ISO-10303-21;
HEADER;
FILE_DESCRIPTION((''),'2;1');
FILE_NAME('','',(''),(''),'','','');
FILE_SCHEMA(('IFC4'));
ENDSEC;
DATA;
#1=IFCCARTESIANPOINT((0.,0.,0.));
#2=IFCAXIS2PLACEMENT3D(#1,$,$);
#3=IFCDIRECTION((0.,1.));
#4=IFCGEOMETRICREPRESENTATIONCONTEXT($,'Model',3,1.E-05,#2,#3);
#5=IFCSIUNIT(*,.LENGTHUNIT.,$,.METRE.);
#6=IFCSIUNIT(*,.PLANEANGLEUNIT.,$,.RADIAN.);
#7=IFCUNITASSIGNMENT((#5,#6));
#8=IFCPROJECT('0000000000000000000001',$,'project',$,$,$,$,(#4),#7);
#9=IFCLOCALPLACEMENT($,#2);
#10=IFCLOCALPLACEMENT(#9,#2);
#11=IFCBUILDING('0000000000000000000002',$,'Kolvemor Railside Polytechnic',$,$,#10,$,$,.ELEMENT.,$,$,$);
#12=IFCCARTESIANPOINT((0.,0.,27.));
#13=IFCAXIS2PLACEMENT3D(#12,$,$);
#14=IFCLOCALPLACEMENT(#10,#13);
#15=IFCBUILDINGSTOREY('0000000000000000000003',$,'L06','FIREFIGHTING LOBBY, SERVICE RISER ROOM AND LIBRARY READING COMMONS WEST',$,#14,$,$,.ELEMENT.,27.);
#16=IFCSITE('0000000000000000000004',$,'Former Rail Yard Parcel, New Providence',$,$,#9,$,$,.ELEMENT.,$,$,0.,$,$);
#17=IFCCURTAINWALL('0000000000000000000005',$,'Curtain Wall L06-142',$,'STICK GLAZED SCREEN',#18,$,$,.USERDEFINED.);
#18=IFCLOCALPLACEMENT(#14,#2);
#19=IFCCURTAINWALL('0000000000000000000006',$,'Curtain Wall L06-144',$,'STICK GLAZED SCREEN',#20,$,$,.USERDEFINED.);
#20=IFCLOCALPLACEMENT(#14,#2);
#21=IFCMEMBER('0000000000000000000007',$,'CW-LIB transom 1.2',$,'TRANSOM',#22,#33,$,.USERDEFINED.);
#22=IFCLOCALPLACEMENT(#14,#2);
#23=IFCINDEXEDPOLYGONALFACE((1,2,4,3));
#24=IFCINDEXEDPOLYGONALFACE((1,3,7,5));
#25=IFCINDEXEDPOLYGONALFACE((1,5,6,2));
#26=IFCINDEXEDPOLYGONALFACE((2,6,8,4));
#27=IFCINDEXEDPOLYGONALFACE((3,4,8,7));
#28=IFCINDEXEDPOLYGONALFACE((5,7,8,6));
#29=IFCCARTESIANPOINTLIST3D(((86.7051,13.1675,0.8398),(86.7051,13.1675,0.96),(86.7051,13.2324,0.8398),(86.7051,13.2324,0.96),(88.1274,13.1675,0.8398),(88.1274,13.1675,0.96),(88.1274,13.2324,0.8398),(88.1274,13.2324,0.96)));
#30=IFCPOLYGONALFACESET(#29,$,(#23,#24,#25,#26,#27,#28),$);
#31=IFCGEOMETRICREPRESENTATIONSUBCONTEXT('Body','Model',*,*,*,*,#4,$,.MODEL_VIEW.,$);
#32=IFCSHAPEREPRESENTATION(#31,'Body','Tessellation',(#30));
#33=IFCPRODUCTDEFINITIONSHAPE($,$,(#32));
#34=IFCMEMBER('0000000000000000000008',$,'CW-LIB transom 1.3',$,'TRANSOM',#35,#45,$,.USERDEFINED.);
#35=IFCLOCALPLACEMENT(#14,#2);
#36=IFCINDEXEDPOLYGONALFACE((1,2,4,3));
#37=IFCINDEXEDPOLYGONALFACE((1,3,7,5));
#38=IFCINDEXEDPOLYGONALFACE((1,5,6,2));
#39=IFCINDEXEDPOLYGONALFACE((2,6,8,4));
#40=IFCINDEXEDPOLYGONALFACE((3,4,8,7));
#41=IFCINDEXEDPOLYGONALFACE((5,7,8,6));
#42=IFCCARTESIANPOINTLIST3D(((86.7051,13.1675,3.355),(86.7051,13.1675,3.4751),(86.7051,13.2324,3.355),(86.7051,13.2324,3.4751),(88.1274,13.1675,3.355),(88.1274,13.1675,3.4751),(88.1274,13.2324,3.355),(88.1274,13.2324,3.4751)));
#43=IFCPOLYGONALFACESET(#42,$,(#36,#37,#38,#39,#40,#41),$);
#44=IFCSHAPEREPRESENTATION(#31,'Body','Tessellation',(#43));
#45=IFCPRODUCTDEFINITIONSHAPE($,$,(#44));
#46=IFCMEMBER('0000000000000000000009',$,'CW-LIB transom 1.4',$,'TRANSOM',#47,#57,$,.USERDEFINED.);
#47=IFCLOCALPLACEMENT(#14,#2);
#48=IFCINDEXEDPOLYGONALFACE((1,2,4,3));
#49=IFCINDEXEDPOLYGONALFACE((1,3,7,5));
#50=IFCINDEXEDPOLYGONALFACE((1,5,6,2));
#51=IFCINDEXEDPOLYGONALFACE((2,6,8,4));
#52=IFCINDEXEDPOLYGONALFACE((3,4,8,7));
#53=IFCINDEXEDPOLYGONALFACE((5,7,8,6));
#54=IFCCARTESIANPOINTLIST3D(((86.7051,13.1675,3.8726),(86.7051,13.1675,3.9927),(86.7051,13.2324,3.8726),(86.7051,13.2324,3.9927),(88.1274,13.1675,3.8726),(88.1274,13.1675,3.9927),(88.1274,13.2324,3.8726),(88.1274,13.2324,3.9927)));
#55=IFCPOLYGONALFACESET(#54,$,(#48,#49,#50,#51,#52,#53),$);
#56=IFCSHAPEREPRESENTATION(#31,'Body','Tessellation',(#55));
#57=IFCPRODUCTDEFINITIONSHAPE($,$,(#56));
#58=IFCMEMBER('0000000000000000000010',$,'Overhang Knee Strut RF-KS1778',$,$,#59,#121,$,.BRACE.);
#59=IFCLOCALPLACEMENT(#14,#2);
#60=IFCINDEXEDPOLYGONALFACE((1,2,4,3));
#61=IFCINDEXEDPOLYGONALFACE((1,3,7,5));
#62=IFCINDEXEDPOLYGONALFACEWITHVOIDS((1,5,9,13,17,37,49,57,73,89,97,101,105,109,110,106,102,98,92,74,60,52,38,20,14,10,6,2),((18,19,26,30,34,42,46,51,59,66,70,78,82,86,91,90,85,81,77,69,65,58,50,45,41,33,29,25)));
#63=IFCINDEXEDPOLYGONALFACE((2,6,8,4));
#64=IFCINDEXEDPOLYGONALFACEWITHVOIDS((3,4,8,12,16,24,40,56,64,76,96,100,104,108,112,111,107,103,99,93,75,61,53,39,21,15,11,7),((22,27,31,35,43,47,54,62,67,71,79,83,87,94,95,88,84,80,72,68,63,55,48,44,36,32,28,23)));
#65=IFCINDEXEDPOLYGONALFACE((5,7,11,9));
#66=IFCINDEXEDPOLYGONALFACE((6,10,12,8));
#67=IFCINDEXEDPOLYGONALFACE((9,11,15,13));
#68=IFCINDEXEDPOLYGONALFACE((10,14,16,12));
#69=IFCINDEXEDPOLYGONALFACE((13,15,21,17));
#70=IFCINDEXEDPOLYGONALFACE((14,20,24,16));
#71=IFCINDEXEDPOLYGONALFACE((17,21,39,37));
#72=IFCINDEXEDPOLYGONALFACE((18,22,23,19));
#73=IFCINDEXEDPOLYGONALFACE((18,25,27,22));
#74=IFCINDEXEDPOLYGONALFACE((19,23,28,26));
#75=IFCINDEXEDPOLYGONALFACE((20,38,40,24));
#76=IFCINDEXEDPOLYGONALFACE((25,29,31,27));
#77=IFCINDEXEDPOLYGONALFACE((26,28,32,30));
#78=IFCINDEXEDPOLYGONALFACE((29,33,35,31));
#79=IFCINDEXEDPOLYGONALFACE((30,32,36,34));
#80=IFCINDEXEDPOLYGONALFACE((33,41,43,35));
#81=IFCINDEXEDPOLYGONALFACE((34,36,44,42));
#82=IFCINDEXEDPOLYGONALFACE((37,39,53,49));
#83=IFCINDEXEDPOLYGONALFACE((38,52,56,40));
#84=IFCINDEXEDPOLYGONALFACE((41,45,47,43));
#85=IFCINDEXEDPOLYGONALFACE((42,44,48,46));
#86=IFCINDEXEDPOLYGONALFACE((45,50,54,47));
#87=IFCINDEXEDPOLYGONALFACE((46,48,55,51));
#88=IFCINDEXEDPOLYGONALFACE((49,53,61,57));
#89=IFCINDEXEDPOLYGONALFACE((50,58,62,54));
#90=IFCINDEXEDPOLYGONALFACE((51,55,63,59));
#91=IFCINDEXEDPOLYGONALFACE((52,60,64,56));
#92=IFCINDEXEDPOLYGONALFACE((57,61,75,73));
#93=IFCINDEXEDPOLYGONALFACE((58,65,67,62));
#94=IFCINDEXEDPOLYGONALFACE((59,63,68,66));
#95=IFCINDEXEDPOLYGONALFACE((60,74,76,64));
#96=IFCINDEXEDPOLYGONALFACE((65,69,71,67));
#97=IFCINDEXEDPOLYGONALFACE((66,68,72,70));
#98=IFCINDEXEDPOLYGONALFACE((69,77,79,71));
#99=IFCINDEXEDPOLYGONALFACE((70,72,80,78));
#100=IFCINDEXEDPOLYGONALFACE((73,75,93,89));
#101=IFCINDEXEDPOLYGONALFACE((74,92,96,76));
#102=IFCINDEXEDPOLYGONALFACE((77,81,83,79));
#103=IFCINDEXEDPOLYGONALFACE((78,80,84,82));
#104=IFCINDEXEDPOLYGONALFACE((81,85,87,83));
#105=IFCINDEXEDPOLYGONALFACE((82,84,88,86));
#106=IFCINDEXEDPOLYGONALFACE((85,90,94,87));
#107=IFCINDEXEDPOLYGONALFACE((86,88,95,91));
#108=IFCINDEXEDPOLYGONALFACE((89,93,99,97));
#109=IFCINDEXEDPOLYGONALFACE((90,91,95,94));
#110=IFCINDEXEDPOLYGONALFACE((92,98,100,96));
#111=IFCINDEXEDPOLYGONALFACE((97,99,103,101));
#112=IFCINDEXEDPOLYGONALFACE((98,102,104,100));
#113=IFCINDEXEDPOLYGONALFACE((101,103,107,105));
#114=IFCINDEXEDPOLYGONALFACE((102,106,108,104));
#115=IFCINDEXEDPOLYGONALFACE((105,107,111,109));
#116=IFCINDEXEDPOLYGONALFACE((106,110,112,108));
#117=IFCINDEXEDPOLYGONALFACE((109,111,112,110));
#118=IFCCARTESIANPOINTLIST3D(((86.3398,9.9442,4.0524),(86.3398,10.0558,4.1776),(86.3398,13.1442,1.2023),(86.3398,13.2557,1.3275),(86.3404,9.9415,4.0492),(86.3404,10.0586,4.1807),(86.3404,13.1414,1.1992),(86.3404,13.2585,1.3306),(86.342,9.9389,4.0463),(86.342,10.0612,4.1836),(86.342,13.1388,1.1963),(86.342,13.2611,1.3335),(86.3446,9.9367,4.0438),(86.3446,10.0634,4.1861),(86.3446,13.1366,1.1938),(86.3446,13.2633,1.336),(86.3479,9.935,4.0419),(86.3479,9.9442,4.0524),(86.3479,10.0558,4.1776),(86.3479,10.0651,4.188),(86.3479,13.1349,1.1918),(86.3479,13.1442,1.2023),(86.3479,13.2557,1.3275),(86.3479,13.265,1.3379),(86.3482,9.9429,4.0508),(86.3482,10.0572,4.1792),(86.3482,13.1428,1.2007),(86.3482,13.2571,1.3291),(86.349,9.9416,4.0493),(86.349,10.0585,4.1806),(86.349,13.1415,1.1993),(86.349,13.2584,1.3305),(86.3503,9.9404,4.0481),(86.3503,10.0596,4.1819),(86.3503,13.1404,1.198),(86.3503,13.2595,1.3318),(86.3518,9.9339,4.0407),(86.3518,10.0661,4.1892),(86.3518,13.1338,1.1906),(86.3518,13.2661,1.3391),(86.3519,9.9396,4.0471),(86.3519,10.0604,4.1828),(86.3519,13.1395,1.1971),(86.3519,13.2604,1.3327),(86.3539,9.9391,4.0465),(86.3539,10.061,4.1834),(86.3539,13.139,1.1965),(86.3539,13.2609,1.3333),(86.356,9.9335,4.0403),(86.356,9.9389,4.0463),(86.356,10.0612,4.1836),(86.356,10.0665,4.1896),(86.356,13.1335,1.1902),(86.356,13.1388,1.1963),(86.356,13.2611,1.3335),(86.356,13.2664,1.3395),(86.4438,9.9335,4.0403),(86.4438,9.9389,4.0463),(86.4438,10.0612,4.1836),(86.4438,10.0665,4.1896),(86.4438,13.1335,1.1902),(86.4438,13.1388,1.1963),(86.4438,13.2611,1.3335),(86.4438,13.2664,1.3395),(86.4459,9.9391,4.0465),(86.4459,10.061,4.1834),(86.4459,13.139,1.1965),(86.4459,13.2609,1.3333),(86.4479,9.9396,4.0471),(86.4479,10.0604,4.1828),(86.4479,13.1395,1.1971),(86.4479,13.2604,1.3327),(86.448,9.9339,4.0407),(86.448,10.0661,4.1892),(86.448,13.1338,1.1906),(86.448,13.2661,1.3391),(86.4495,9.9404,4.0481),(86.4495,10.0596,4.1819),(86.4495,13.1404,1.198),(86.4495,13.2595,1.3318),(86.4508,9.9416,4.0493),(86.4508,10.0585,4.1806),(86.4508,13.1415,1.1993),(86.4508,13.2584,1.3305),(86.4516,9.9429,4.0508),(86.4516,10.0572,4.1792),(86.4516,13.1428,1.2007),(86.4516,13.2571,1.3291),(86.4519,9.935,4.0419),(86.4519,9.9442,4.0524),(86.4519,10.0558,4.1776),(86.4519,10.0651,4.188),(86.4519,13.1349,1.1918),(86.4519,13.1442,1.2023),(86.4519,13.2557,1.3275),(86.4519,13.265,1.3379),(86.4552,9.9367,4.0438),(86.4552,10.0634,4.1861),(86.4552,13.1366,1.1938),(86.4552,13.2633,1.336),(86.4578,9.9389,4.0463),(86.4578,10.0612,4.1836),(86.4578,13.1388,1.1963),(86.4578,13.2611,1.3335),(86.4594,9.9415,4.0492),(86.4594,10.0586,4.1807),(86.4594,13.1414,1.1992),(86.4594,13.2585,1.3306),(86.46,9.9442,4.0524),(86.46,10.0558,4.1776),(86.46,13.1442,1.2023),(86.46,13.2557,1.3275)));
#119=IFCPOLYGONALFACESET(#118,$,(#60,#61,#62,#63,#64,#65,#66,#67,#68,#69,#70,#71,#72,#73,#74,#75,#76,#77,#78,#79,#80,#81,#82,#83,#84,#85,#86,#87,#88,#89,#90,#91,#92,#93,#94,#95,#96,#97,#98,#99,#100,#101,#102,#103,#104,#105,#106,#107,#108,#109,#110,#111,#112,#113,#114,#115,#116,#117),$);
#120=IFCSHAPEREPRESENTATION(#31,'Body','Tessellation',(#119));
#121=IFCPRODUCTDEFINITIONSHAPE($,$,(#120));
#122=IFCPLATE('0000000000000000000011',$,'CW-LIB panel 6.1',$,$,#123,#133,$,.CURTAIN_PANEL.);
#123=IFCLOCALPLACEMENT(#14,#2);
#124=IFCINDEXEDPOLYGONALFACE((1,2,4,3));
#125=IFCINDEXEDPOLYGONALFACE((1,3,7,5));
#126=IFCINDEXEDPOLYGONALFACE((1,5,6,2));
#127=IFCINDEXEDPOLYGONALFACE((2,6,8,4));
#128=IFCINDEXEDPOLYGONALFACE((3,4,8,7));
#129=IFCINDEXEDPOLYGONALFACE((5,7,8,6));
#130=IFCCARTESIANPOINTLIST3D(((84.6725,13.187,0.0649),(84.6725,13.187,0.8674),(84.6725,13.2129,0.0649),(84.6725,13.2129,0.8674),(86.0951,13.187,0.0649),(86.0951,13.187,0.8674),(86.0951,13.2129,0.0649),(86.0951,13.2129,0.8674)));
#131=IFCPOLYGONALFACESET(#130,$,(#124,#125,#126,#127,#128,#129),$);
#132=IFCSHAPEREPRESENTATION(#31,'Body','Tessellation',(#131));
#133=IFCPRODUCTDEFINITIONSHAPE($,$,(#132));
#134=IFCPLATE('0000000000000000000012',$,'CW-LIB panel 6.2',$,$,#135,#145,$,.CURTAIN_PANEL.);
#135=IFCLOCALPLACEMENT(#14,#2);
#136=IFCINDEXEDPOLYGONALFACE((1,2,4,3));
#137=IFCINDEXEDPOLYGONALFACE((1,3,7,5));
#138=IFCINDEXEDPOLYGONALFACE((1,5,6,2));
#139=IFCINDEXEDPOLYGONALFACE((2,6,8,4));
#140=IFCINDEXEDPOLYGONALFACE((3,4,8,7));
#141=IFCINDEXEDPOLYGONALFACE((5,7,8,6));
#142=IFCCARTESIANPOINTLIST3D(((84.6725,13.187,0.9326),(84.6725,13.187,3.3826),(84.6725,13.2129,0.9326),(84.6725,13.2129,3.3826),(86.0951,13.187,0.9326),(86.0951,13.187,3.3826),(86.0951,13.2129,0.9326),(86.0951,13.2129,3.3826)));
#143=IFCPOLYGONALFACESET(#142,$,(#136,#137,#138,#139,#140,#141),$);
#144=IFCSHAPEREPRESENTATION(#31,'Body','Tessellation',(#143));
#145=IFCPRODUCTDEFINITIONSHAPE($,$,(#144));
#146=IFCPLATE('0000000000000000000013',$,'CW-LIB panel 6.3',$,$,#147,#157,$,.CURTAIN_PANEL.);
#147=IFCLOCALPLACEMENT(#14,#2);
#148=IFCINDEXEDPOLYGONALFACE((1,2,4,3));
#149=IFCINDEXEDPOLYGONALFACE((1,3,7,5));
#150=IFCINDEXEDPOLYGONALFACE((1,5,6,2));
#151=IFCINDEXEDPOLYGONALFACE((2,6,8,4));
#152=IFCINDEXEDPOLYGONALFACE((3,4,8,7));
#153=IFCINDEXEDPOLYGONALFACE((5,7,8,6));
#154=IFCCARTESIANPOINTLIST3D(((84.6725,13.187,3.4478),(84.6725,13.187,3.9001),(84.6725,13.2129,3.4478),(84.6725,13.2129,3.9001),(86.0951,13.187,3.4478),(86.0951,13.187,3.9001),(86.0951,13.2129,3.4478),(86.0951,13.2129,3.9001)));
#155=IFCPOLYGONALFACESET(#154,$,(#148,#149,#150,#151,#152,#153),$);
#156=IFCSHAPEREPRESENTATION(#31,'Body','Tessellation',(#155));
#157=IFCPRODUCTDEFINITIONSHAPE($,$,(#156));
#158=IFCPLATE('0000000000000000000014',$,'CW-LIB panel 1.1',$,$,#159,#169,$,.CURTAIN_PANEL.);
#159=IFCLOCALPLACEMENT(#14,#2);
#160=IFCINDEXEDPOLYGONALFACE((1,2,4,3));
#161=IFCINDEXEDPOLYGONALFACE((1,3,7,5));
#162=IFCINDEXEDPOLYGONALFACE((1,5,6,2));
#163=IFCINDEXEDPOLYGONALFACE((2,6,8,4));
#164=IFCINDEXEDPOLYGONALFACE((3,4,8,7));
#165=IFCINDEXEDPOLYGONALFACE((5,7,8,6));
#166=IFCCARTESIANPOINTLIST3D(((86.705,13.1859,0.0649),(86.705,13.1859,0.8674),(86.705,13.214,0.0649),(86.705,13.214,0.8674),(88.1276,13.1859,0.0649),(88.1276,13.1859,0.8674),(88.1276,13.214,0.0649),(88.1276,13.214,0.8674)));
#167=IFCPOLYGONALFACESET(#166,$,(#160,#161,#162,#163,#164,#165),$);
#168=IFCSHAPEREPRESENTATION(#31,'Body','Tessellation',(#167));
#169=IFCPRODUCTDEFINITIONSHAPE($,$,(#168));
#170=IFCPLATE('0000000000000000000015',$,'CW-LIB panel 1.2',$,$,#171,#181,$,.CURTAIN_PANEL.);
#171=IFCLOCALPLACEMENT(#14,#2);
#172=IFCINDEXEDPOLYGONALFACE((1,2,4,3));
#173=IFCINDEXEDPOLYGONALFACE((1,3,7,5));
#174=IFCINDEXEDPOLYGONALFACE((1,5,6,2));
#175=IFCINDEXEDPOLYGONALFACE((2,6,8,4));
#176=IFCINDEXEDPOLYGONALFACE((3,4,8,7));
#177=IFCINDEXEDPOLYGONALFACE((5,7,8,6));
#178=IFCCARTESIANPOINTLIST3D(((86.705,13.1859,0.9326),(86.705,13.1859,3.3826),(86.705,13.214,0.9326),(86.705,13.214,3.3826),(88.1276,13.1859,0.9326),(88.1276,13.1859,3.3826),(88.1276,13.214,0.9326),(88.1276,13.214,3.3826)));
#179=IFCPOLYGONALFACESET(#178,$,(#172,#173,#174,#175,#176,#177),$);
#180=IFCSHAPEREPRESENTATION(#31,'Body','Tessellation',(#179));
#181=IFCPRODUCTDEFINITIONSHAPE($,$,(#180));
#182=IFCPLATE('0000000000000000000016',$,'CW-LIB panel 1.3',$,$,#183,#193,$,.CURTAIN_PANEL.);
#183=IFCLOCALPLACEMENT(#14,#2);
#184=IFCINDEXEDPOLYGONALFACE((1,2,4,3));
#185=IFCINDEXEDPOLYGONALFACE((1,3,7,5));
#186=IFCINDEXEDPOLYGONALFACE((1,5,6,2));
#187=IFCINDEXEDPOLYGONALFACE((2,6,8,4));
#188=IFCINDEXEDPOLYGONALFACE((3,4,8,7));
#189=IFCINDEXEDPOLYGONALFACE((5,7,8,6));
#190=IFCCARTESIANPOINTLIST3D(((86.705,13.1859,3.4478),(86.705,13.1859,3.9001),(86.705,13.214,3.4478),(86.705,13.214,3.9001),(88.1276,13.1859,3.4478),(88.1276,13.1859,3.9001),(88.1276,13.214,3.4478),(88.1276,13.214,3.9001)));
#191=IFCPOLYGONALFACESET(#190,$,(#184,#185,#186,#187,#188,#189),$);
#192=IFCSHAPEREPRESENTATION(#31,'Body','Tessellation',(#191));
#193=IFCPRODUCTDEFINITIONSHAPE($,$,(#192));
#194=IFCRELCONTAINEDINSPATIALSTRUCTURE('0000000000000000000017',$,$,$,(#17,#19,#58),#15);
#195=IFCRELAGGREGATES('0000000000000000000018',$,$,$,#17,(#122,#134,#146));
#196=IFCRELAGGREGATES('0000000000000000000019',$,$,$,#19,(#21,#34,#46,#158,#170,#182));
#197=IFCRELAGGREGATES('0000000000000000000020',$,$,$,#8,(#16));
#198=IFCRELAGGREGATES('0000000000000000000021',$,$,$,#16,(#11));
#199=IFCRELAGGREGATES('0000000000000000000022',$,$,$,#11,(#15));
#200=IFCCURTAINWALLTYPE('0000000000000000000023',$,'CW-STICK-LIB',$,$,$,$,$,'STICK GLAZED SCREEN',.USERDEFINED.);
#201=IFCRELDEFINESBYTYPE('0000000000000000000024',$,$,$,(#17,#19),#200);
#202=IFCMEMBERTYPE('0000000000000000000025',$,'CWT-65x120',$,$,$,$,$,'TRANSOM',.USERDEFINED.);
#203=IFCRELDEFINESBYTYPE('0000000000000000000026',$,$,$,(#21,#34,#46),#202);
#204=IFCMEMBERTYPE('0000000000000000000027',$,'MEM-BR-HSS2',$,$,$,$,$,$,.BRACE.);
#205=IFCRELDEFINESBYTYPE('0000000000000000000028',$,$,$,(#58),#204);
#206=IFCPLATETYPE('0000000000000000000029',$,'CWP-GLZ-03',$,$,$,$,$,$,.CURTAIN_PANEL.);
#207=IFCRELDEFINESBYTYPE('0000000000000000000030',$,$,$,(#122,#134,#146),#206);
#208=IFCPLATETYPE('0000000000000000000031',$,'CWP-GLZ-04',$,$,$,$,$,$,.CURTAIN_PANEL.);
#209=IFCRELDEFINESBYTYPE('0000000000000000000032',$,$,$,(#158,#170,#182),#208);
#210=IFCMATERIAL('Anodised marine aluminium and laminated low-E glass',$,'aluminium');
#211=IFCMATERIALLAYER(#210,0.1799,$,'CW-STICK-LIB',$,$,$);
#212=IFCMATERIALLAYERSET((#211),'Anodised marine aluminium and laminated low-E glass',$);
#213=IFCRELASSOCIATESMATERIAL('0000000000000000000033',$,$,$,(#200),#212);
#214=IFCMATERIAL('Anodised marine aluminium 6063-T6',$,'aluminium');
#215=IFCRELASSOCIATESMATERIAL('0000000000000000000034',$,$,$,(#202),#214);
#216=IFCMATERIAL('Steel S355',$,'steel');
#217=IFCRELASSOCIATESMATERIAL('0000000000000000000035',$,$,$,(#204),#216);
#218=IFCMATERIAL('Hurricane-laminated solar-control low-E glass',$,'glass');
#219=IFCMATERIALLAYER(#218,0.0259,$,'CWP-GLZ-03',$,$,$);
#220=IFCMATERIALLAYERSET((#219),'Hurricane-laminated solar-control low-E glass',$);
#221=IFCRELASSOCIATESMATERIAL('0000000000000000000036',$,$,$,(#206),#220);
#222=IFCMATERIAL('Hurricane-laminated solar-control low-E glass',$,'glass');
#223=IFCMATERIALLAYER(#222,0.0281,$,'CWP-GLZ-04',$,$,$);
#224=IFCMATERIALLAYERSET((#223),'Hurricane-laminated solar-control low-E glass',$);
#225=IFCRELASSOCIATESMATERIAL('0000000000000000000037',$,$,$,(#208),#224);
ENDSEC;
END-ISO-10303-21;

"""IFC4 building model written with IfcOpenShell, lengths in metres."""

from ifc_helpers import new_model, si_unit, direction, frame, origin, origin_2d, place, context, subcontext, project, spatial, rectangle, hollow_rectangle, extrude, material, layer, layer_set, material_profile, profile_set, type_object, element, aggregate, save


model = new_model("IFC4")

# Units and contexts
model_context = context("Model", 3, precision=1e-05, world=origin(), true_north=direction((0.0, 1.0)))
body_context = subcontext(model_context, "Body", "Model", "MODEL_VIEW")
ifc_project = project(units=[si_unit("LENGTHUNIT", "METRE"), si_unit("PLANEANGLEUNIT", "RADIAN")], contexts=[model_context])

# Site, building, storey
site_placement = place(None, origin())
site = spatial("IfcSite", under=ifc_project, at=site_placement, Name="Former Rail Yard Parcel, New Providence", CompositionType="ELEMENT", RefElevation=0.0)
building_placement = place(site_placement, origin())
building = spatial("IfcBuilding", under=site, at=building_placement, Name="Kolvemor Railside Polytechnic", CompositionType="ELEMENT")
storey_placement = place(building_placement, frame((0.0, 0.0, 27.0)))
storey = spatial("IfcBuildingStorey", under=building, at=storey_placement, Name="L06", Description="FIREFIGHTING LOBBY, SERVICE RISER ROOM AND LIBRARY READING COMMONS WEST", CompositionType="ELEMENT", Elevation=27.0)

# Curtain walls
ifc_material_1 = material(Name="Anodised marine aluminium and laminated low-E glass", Category="aluminium")
ifc_layer_1 = layer(ifc_material_1, 0.1799, Name="CW-STICK-LIB")
ifc_layer_set_1 = layer_set([ifc_layer_1], Name="Anodised marine aluminium and laminated low-E glass")
curtain_wall_type = type_object("IfcCurtainWallType", Name="CW-STICK-LIB", ElementType="STICK GLAZED SCREEN", PredefinedType="USERDEFINED", material=ifc_layer_set_1)
curtain_wall_1_placement = place(storey_placement, origin())
curtain_wall_1 = element("IfcCurtainWall", 1, at=curtain_wall_1_placement, inside=storey, type_object=curtain_wall_type, Name="Curtain Wall L06-142", ObjectType="STICK GLAZED SCREEN", PredefinedType="USERDEFINED")
curtain_wall_2_placement = place(storey_placement, origin())
curtain_wall_2 = element("IfcCurtainWall", 2, at=curtain_wall_2_placement, inside=storey, type_object=curtain_wall_type, Name="Curtain Wall L06-144", ObjectType="STICK GLAZED SCREEN", PredefinedType="USERDEFINED")

# Members
ifc_material_2 = material(Name="Anodised marine aluminium 6063-T6", Category="aluminium")
ifc_material_profile_1 = material_profile(ifc_material_2, rectangle(XDim=0.0649, YDim=0.1201, at=origin_2d()), Name="CW-TRN-65x120")
ifc_profile_set_1 = profile_set([ifc_material_profile_1], Name="Anodised marine aluminium 6063-T6")
member_type_1 = type_object("IfcMemberType", Name="CWT-65x120", ElementType="TRANSOM", PredefinedType="USERDEFINED", material=ifc_profile_set_1)
member_1_placement = place(storey_placement, frame((86.7051, 13.2, 0.8999), z_axis=(1.0, 0.0, 0.0), x_axis=(0.0, 1.0, 0.0)))
member_1 = element("IfcMember", 3, at=member_1_placement, type_object=member_type_1, Name="CW-LIB transom 1.2", ObjectType="TRANSOM", PredefinedType="USERDEFINED", context=body_context, shape_type="SweptSolid", body=[
    extrude(rectangle(XDim=0.0649, YDim=0.1201, at=origin_2d()), origin(), (0.0, 0.0, 1.0), 1.4224),
])
member_2_placement = place(storey_placement, frame((86.7051, 13.2, 3.415), z_axis=(1.0, 0.0, 0.0), x_axis=(0.0, 1.0, 0.0)))
member_2 = element("IfcMember", 4, at=member_2_placement, type_object=member_type_1, Name="CW-LIB transom 1.3", ObjectType="TRANSOM", PredefinedType="USERDEFINED", context=body_context, shape_type="SweptSolid", body=[
    extrude(rectangle(XDim=0.0649, YDim=0.1201, at=origin_2d()), origin(), (0.0, 0.0, 1.0), 1.4224),
])
member_3_placement = place(storey_placement, frame((86.7051, 13.2, 3.9326), z_axis=(1.0, 0.0, 0.0), x_axis=(0.0, 1.0, 0.0)))
member_3 = element("IfcMember", 5, at=member_3_placement, type_object=member_type_1, Name="CW-LIB transom 1.4", ObjectType="TRANSOM", PredefinedType="USERDEFINED", context=body_context, shape_type="SweptSolid", body=[
    extrude(rectangle(XDim=0.0649, YDim=0.1201, at=origin_2d()), origin(), (0.0, 0.0, 1.0), 1.4224),
])
ifc_material_3 = material(Name="Steel S355", Category="steel")
ifc_material_profile_2 = material_profile(ifc_material_3, hollow_rectangle(XDim=0.1201, YDim=0.2, WallThickness=0.0081, InnerFilletRadius=0.0081, OuterFilletRadius=0.0161, at=origin_2d()), Name="HSS200x120x8")
ifc_profile_set_2 = profile_set([ifc_material_profile_2], Name="Steel S355")
member_type_2 = type_object("IfcMemberType", Name="MEM-BR-HSS2", PredefinedType="BRACE", material=ifc_profile_set_2)
member_4_placement = place(storey_placement, frame((86.3999, 13.2, 1.2649), z_axis=(0.0, -0.746749, 0.665106), x_axis=(1.0, 0.0, 0.0)))
element("IfcMember", 6, at=member_4_placement, inside=storey, type_object=member_type_2, Name="Overhang Knee Strut RF-KS1778", PredefinedType="BRACE", context=body_context, shape_type="SweptSolid", body=[
    extrude(hollow_rectangle(XDim=0.1201, YDim=0.2, WallThickness=0.0081, InnerFilletRadius=0.0081, OuterFilletRadius=0.0161, at=origin_2d()), origin(), (0.0, 0.0, 1.0), 4.2852),
])

# Plates
ifc_material_4 = material(Name="Hurricane-laminated solar-control low-E glass", Category="glass")
ifc_layer_2 = layer(ifc_material_4, 0.0259, Name="CWP-GLZ-03")
ifc_layer_set_2 = layer_set([ifc_layer_2], Name="Hurricane-laminated solar-control low-E glass")
plate_type_1 = type_object("IfcPlateType", Name="CWP-GLZ-03", PredefinedType="CURTAIN_PANEL", material=ifc_layer_set_2)
plate_1_placement = place(storey_placement, frame((85.3838, 13.2, 0.0649), z_axis=(0.0, 0.0, 1.0), x_axis=(1.0, 0.0, 0.0)))
plate_1 = element("IfcPlate", 7, at=plate_1_placement, type_object=plate_type_1, Name="CW-LIB panel 6.1", PredefinedType="CURTAIN_PANEL", context=body_context, shape_type="SweptSolid", body=[
    extrude(rectangle(XDim=1.4226, YDim=0.0259, at=origin_2d()), origin(), (0.0, 0.0, 1.0), 0.8025),
])
plate_2_placement = place(storey_placement, frame((85.3838, 13.2, 0.9326), z_axis=(0.0, 0.0, 1.0), x_axis=(1.0, 0.0, 0.0)))
plate_2 = element("IfcPlate", 8, at=plate_2_placement, type_object=plate_type_1, Name="CW-LIB panel 6.2", PredefinedType="CURTAIN_PANEL", context=body_context, shape_type="SweptSolid", body=[
    extrude(rectangle(XDim=1.4226, YDim=0.0259, at=origin_2d()), origin(), (0.0, 0.0, 1.0), 2.45),
])
plate_3_placement = place(storey_placement, frame((85.3838, 13.2, 3.4478), z_axis=(0.0, 0.0, 1.0), x_axis=(1.0, 0.0, 0.0)))
plate_3 = element("IfcPlate", 9, at=plate_3_placement, type_object=plate_type_1, Name="CW-LIB panel 6.3", PredefinedType="CURTAIN_PANEL", context=body_context, shape_type="SweptSolid", body=[
    extrude(rectangle(XDim=1.4226, YDim=0.0259, at=origin_2d()), origin(), (0.0, 0.0, 1.0), 0.4524),
])
aggregate(curtain_wall_1, [plate_1, plate_2, plate_3])
ifc_material_5 = material(Name="Hurricane-laminated solar-control low-E glass", Category="glass")
ifc_layer_3 = layer(ifc_material_5, 0.0281, Name="CWP-GLZ-04")
ifc_layer_set_3 = layer_set([ifc_layer_3], Name="Hurricane-laminated solar-control low-E glass")
plate_type_2 = type_object("IfcPlateType", Name="CWP-GLZ-04", PredefinedType="CURTAIN_PANEL", material=ifc_layer_set_3)
plate_4_placement = place(storey_placement, frame((87.4163, 13.2, 0.0649), z_axis=(0.0, 0.0, 1.0), x_axis=(1.0, 0.0, 0.0)))
plate_4 = element("IfcPlate", 10, at=plate_4_placement, type_object=plate_type_2, Name="CW-LIB panel 1.1", PredefinedType="CURTAIN_PANEL", context=body_context, shape_type="SweptSolid", body=[
    extrude(rectangle(XDim=1.4226, YDim=0.0281, at=origin_2d()), origin(), (0.0, 0.0, 1.0), 0.8025),
])
plate_5_placement = place(storey_placement, frame((87.4163, 13.2, 0.9326), z_axis=(0.0, 0.0, 1.0), x_axis=(1.0, 0.0, 0.0)))
plate_5 = element("IfcPlate", 11, at=plate_5_placement, type_object=plate_type_2, Name="CW-LIB panel 1.2", PredefinedType="CURTAIN_PANEL", context=body_context, shape_type="SweptSolid", body=[
    extrude(rectangle(XDim=1.4226, YDim=0.0281, at=origin_2d()), origin(), (0.0, 0.0, 1.0), 2.45),
])
plate_6_placement = place(storey_placement, frame((87.4163, 13.2, 3.4478), z_axis=(0.0, 0.0, 1.0), x_axis=(1.0, 0.0, 0.0)))
plate_6 = element("IfcPlate", 12, at=plate_6_placement, type_object=plate_type_2, Name="CW-LIB panel 1.3", PredefinedType="CURTAIN_PANEL", context=body_context, shape_type="SweptSolid", body=[
    extrude(rectangle(XDim=1.4226, YDim=0.0281, at=origin_2d()), origin(), (0.0, 0.0, 1.0), 0.4524),
])
aggregate(curtain_wall_2, [member_1, member_2, member_3, plate_4, plate_5, plate_6])

save(model, "model.ifc")
